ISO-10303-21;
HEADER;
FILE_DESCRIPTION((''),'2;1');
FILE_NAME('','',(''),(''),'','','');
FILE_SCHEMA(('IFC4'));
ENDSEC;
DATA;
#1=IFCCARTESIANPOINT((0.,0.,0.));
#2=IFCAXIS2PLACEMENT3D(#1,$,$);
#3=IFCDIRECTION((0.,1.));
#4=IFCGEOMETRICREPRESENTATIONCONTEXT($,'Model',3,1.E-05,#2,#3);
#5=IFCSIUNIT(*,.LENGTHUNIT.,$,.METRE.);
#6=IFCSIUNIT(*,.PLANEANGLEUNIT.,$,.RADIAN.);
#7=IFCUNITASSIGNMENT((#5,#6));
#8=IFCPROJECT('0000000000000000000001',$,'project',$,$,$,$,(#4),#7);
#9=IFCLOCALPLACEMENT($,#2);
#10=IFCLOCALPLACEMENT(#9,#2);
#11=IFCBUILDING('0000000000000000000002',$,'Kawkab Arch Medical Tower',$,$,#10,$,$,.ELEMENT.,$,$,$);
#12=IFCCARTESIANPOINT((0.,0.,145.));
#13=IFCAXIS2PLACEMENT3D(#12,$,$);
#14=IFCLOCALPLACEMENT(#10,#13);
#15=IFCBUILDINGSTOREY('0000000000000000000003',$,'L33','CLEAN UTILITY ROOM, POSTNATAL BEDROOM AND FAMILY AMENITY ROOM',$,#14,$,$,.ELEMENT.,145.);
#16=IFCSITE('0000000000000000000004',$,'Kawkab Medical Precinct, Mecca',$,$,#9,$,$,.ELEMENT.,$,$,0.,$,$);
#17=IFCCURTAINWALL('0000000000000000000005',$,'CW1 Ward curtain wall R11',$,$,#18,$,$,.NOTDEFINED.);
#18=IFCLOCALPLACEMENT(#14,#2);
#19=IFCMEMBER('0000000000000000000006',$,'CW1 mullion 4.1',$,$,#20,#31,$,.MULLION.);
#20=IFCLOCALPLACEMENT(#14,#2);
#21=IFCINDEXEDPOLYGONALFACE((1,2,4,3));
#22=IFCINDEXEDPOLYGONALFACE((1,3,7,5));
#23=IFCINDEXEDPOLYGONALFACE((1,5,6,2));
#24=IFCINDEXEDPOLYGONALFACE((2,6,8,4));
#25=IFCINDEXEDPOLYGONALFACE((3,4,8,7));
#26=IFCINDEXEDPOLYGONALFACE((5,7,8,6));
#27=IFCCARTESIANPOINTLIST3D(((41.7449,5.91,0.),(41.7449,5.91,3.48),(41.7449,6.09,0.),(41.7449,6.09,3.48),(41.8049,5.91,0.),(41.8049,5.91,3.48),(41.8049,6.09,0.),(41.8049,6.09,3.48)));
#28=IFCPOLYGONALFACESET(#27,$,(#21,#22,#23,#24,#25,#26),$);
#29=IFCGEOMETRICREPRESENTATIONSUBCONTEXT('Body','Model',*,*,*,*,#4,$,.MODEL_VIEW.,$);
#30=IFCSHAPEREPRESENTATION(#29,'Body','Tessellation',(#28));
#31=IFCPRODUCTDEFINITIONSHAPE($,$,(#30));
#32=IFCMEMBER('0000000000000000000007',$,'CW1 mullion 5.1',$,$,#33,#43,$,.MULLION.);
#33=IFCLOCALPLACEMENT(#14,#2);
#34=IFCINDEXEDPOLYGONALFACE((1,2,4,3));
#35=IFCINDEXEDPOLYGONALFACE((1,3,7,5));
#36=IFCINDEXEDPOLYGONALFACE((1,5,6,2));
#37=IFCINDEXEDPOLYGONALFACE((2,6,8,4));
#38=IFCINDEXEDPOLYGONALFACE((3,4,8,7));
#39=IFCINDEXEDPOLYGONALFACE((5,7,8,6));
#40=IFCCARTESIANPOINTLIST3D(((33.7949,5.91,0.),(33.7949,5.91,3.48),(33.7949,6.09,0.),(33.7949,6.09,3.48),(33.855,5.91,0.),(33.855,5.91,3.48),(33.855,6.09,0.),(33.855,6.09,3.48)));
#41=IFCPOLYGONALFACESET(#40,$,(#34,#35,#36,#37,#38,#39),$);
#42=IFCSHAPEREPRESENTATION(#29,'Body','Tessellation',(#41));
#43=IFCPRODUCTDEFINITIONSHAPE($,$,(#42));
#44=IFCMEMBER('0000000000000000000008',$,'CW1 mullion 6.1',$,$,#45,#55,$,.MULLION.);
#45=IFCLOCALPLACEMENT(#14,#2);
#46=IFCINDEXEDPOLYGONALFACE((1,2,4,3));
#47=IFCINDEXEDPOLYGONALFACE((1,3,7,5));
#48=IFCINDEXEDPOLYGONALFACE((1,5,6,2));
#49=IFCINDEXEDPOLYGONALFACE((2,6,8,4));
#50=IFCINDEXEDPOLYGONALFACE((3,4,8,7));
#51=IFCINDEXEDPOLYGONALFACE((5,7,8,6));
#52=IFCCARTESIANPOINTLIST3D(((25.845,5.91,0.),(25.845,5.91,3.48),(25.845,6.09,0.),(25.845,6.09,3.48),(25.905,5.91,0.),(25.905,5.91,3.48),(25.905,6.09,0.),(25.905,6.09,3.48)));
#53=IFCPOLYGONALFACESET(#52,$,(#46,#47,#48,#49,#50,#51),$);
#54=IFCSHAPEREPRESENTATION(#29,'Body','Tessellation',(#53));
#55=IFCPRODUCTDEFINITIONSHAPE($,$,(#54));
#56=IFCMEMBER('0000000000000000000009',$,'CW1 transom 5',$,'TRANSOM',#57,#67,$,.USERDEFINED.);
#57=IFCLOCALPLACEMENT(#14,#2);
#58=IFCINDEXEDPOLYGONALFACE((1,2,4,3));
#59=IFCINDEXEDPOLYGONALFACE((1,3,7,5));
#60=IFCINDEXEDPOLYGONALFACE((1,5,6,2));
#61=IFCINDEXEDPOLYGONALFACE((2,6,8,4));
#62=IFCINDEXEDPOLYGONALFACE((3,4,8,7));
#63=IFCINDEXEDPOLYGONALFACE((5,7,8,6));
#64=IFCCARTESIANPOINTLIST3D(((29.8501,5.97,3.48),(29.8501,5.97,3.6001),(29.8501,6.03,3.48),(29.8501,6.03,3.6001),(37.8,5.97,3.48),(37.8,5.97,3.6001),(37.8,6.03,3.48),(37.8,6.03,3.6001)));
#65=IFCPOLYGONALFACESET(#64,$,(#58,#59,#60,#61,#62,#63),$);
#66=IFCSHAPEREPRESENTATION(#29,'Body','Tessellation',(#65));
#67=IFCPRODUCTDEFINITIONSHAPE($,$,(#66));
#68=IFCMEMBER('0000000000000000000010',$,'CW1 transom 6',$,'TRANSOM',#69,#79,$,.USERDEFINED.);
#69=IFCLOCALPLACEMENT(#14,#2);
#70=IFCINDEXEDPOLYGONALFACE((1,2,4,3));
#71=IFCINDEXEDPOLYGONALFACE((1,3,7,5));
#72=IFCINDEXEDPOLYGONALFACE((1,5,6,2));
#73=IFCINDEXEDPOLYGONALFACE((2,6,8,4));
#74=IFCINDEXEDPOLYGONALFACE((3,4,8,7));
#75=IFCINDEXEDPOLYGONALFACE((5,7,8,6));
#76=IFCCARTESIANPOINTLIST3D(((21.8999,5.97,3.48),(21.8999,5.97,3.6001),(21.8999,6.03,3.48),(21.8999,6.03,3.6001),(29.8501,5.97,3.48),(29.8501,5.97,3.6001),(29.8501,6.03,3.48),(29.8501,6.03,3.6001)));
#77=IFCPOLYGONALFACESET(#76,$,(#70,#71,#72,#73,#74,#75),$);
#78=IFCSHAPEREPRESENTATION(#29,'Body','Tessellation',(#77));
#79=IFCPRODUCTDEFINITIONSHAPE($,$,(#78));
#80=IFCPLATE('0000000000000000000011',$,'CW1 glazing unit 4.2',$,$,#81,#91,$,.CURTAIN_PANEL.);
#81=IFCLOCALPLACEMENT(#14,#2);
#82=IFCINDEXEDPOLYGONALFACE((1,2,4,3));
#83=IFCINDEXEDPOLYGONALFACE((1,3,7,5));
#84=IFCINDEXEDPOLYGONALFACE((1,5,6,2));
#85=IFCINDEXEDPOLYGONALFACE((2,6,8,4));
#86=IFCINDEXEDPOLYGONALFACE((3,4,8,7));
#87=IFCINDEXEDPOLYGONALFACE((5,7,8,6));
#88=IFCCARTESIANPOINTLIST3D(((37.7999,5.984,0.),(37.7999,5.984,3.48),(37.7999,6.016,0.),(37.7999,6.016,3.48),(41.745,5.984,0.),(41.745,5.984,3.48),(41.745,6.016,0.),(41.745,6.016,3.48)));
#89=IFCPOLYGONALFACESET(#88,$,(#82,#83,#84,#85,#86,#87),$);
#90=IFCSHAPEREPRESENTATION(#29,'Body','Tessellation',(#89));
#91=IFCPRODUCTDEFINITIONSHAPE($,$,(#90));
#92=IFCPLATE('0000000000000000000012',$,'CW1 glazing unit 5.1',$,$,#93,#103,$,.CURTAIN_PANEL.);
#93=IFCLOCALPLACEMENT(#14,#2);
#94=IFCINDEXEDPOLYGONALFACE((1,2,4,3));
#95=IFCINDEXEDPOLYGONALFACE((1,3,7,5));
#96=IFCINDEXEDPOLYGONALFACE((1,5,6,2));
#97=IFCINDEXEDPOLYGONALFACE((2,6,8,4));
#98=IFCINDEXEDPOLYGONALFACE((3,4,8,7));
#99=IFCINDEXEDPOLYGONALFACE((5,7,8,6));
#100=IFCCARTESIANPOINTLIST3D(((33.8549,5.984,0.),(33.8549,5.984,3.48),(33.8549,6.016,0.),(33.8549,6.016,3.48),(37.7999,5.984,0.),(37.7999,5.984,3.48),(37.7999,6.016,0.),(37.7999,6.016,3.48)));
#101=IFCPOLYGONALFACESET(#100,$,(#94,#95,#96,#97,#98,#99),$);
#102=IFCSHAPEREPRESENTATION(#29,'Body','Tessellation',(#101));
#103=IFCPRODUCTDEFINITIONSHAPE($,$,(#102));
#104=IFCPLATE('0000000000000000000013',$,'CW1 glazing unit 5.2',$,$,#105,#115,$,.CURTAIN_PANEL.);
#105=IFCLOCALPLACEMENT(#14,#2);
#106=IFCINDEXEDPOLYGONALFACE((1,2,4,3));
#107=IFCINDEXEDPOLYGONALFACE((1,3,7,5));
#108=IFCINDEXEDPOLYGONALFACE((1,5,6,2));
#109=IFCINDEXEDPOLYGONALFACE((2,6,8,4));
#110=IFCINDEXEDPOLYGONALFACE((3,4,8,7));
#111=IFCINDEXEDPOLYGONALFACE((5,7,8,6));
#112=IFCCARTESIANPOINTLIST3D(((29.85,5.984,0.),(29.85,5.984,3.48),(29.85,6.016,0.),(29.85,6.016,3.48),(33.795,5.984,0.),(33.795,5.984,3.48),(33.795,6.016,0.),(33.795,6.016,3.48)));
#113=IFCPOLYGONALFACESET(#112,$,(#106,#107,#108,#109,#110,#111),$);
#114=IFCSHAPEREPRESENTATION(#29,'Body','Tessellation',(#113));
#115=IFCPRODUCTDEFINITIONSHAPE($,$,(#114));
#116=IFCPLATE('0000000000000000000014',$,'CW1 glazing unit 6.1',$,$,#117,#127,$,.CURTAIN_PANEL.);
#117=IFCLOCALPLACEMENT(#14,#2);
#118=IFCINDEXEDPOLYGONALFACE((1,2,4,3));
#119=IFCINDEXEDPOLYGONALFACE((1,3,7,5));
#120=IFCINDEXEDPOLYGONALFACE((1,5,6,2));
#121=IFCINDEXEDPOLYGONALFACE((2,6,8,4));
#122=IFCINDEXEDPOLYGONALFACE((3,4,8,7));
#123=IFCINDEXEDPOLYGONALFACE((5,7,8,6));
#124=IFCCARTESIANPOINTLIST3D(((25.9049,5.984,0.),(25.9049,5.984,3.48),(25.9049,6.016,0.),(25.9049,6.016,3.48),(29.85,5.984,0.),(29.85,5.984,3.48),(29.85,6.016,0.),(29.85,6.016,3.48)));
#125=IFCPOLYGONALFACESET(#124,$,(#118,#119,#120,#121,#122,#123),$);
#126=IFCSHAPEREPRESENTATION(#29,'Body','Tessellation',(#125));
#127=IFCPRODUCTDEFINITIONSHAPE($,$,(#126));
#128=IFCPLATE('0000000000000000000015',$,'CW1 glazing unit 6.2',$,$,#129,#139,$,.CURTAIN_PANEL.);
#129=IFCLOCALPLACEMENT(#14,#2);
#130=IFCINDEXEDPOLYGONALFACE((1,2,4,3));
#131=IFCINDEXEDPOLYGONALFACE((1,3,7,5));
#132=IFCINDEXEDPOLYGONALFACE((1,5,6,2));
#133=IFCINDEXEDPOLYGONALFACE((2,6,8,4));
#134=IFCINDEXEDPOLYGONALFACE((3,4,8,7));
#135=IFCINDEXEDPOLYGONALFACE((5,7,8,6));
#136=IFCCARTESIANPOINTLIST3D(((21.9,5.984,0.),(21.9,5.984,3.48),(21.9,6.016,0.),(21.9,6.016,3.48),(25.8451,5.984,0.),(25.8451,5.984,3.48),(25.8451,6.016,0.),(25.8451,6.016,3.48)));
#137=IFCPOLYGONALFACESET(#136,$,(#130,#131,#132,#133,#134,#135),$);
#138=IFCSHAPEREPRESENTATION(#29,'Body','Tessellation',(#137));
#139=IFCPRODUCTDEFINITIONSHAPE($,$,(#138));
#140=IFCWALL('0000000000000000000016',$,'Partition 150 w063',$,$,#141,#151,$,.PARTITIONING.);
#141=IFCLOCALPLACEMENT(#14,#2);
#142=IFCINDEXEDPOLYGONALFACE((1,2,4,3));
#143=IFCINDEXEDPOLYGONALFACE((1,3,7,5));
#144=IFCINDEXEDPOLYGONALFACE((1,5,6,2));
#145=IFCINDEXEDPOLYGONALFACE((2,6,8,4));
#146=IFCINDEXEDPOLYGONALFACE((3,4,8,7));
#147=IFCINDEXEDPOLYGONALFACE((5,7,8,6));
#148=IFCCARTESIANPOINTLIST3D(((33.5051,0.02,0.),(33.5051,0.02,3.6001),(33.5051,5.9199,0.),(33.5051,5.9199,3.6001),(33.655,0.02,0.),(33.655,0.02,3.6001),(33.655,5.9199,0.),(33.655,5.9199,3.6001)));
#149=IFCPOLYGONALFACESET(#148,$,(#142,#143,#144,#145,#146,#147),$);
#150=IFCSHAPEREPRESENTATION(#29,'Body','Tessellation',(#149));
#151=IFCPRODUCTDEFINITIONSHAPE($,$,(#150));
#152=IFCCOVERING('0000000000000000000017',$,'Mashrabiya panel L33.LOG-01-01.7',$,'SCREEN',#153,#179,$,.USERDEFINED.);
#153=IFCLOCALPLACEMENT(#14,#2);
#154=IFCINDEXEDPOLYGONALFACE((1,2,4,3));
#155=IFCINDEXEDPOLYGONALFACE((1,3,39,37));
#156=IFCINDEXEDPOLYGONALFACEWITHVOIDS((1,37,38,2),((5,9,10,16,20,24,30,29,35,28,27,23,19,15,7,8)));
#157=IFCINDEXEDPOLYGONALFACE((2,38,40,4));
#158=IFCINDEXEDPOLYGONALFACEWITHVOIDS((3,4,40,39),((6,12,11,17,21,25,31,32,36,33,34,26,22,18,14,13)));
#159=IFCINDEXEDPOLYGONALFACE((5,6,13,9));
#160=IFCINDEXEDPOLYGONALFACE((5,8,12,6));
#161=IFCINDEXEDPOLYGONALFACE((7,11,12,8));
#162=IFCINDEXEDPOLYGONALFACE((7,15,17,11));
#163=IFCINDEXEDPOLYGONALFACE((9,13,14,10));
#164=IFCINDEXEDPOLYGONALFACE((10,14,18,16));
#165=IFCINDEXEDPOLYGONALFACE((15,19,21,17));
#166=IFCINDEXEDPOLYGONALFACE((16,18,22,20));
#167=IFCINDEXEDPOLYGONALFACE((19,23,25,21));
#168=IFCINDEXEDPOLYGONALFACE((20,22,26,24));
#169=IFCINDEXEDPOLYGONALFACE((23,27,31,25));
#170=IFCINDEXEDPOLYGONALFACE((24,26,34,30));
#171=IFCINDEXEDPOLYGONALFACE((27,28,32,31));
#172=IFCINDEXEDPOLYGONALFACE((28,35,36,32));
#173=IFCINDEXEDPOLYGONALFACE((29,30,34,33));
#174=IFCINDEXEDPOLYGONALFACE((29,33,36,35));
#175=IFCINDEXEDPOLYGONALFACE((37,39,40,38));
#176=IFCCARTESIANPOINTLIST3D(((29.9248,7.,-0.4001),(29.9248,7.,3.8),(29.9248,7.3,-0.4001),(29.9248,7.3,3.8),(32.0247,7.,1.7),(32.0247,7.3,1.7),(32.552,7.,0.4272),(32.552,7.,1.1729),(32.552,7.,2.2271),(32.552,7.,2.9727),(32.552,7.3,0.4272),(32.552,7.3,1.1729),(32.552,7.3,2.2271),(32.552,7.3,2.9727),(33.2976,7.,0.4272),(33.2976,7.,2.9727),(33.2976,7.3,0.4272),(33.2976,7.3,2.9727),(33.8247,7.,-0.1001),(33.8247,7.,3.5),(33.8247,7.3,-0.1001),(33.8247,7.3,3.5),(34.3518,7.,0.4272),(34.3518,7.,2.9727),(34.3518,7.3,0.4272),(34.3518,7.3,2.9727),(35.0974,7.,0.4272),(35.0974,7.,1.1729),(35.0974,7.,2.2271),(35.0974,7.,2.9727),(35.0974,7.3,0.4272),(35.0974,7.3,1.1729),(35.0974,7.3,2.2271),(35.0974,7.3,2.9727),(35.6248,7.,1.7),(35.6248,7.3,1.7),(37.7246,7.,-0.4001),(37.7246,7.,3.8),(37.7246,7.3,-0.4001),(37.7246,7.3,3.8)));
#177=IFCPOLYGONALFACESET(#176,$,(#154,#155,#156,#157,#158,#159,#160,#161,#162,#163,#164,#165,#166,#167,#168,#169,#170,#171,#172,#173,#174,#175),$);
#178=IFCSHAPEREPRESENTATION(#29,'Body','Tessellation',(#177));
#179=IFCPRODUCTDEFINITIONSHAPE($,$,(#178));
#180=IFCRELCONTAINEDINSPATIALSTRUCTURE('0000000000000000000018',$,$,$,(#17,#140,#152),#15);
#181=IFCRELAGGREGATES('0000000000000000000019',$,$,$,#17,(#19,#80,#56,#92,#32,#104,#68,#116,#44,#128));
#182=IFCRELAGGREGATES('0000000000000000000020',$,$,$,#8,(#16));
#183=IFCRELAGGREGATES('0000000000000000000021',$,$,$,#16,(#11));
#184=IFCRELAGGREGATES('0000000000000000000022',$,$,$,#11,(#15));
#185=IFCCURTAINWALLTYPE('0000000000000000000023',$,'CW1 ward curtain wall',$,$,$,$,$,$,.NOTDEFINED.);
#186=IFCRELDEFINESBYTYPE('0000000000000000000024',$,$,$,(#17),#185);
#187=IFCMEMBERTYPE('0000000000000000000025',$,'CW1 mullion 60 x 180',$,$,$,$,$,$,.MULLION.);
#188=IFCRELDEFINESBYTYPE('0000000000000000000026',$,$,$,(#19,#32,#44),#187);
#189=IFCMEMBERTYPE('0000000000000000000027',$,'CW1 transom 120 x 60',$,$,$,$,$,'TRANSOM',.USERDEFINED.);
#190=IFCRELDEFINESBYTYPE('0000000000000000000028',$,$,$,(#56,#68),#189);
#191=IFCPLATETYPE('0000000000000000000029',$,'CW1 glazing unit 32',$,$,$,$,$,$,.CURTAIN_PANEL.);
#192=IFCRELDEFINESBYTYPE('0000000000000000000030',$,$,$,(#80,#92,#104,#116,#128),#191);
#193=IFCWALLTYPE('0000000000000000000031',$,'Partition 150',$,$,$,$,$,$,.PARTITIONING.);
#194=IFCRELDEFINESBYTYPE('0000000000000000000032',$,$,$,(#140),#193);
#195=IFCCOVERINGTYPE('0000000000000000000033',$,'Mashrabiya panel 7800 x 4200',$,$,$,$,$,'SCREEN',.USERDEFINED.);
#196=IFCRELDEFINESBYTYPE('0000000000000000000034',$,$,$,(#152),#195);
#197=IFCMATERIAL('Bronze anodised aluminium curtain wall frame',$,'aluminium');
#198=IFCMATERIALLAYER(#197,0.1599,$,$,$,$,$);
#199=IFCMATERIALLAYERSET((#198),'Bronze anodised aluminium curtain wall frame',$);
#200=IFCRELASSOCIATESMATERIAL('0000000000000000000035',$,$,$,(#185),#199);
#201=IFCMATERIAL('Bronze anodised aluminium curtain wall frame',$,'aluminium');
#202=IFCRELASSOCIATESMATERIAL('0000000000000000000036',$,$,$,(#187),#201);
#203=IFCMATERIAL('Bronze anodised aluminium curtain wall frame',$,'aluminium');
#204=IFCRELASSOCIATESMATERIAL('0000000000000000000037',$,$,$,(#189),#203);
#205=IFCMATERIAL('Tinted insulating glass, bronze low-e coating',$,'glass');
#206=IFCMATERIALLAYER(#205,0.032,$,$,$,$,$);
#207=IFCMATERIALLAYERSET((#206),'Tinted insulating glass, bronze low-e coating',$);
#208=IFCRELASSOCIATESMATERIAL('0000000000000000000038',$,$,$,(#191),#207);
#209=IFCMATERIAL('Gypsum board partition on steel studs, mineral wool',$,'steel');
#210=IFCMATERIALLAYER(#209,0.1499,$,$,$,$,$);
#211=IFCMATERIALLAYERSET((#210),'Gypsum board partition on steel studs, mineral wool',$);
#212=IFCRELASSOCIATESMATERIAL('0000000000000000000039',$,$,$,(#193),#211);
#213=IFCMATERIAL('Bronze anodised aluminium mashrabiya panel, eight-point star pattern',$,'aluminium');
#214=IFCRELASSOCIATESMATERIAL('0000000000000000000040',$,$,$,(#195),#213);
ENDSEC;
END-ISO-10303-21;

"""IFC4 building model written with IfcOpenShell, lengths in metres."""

from ifc_helpers import new_model, si_unit, direction, frame, frame_2d, origin, origin_2d, place, context, subcontext, project, spatial, polyline, rectangle, outline, extrude, material, layer, layer_set, material_profile, profile_set, type_object, element, aggregate, save


model = new_model("IFC4")

# Units and contexts
model_context = context("Model", 3, precision=1e-05, world=origin(), true_north=direction((0.0, 1.0)))
body_context = subcontext(model_context, "Body", "Model", "MODEL_VIEW")
ifc_project = project(units=[si_unit("LENGTHUNIT", "METRE"), si_unit("PLANEANGLEUNIT", "RADIAN")], contexts=[model_context])

# Site, building, storey
site_placement = place(None, origin())
site = spatial("IfcSite", under=ifc_project, at=site_placement, Name="Kawkab Medical Precinct, Mecca", CompositionType="ELEMENT", RefElevation=0.0)
building_placement = place(site_placement, origin())
building = spatial("IfcBuilding", under=site, at=building_placement, Name="Kawkab Arch Medical Tower", CompositionType="ELEMENT")
storey_placement = place(building_placement, frame((0.0, 0.0, 145.0)))
storey = spatial("IfcBuildingStorey", under=building, at=storey_placement, Name="L33", Description="CLEAN UTILITY ROOM, POSTNATAL BEDROOM AND FAMILY AMENITY ROOM", CompositionType="ELEMENT", Elevation=145.0)

# Curtain wall, members, plates
ifc_material_1 = material(Name="Bronze anodised aluminium curtain wall frame", Category="aluminium")
ifc_layer_1 = layer(ifc_material_1, 0.1599)
ifc_layer_set_1 = layer_set([ifc_layer_1], Name="Bronze anodised aluminium curtain wall frame")
curtain_wall_type = type_object("IfcCurtainWallType", Name="CW1 ward curtain wall", PredefinedType="NOTDEFINED", material=ifc_layer_set_1)
curtain_wall_placement = place(storey_placement, origin())
curtain_wall = element("IfcCurtainWall", 1, at=curtain_wall_placement, inside=storey, type_object=curtain_wall_type, Name="CW1 Ward curtain wall R11", PredefinedType="NOTDEFINED")
ifc_material_2 = material(Name="Bronze anodised aluminium curtain wall frame", Category="aluminium")
ifc_material_profile_1 = material_profile(ifc_material_2, rectangle(XDim=0.1799, YDim=0.0601, at=origin_2d()), Name="AL 60x180")
ifc_profile_set_1 = profile_set([ifc_material_profile_1], Name="Bronze anodised aluminium curtain wall frame")
member_type_1 = type_object("IfcMemberType", Name="CW1 mullion 60 x 180", PredefinedType="MULLION", material=ifc_profile_set_1)
member_1_placement = place(storey_placement, frame((41.7749, 6.0, 0.0), z_axis=(0.0, 0.0, 1.0), x_axis=(0.0, -1.0, 0.0)))
member_1 = element("IfcMember", 2, at=member_1_placement, type_object=member_type_1, Name="CW1 mullion 4.1", PredefinedType="MULLION", context=body_context, shape_type="SweptSolid", body=[
    extrude(rectangle(XDim=0.1799, YDim=0.0601, at=origin_2d()), origin(), (0.0, 0.0, 1.0), 3.48),
])
member_2_placement = place(storey_placement, frame((33.825, 6.0, 0.0), z_axis=(0.0, 0.0, 1.0), x_axis=(0.0, -1.0, 0.0)))
member_2 = element("IfcMember", 3, at=member_2_placement, type_object=member_type_1, Name="CW1 mullion 5.1", PredefinedType="MULLION", context=body_context, shape_type="SweptSolid", body=[
    extrude(rectangle(XDim=0.1799, YDim=0.0601, at=origin_2d()), origin(), (0.0, 0.0, 1.0), 3.48),
])
member_3_placement = place(storey_placement, frame((25.875, 6.0, 0.0), z_axis=(0.0, 0.0, 1.0), x_axis=(0.0, -1.0, 0.0)))
member_3 = element("IfcMember", 4, at=member_3_placement, type_object=member_type_1, Name="CW1 mullion 6.1", PredefinedType="MULLION", context=body_context, shape_type="SweptSolid", body=[
    extrude(rectangle(XDim=0.1799, YDim=0.0601, at=origin_2d()), origin(), (0.0, 0.0, 1.0), 3.48),
])
ifc_material_3 = material(Name="Bronze anodised aluminium curtain wall frame", Category="aluminium")
ifc_material_profile_2 = material_profile(ifc_material_3, rectangle(XDim=0.0601, YDim=0.1201, at=origin_2d()), Name="AL 60x120")
ifc_profile_set_2 = profile_set([ifc_material_profile_2], Name="Bronze anodised aluminium curtain wall frame")
member_type_2 = type_object("IfcMemberType", Name="CW1 transom 120 x 60", ElementType="TRANSOM", PredefinedType="USERDEFINED", material=ifc_profile_set_2)
member_4_placement = place(storey_placement, frame((37.8, 6.0, 3.54), z_axis=(-1.0, 0.0, 0.0), x_axis=(0.0, -1.0, 0.0)))
member_4 = element("IfcMember", 5, at=member_4_placement, type_object=member_type_2, Name="CW1 transom 5", ObjectType="TRANSOM", PredefinedType="USERDEFINED", context=body_context, shape_type="SweptSolid", body=[
    extrude(rectangle(XDim=0.0601, YDim=0.1201, at=origin_2d()), origin(), (0.0, 0.0, 1.0), 7.95),
])
member_5_placement = place(storey_placement, frame((29.8501, 6.0, 3.54), z_axis=(-1.0, 0.0, 0.0), x_axis=(0.0, -1.0, 0.0)))
member_5 = element("IfcMember", 6, at=member_5_placement, type_object=member_type_2, Name="CW1 transom 6", ObjectType="TRANSOM", PredefinedType="USERDEFINED", context=body_context, shape_type="SweptSolid", body=[
    extrude(rectangle(XDim=0.0601, YDim=0.1201, at=origin_2d()), origin(), (0.0, 0.0, 1.0), 7.9502),
])
ifc_material_4 = material(Name="Tinted insulating glass, bronze low-e coating", Category="glass")
ifc_layer_2 = layer(ifc_material_4, 0.032)
ifc_layer_set_2 = layer_set([ifc_layer_2], Name="Tinted insulating glass, bronze low-e coating")
plate_type = type_object("IfcPlateType", Name="CW1 glazing unit 32", PredefinedType="CURTAIN_PANEL", material=ifc_layer_set_2)
plate_1_placement = place(storey_placement, frame((39.7725, 6.0, 0.0), z_axis=(0.0, 0.0, 1.0), x_axis=(-1.0, 0.0, 0.0)))
plate_1 = element("IfcPlate", 7, at=plate_1_placement, type_object=plate_type, Name="CW1 glazing unit 4.2", PredefinedType="CURTAIN_PANEL", context=body_context, shape_type="SweptSolid", body=[
    extrude(rectangle(XDim=3.9451, YDim=0.032, at=origin_2d()), origin(), (0.0, 0.0, 1.0), 3.48),
])
plate_2_placement = place(storey_placement, frame((35.8274, 6.0, 0.0), z_axis=(0.0, 0.0, 1.0), x_axis=(-1.0, 0.0, 0.0)))
plate_2 = element("IfcPlate", 8, at=plate_2_placement, type_object=plate_type, Name="CW1 glazing unit 5.1", PredefinedType="CURTAIN_PANEL", context=body_context, shape_type="SweptSolid", body=[
    extrude(rectangle(XDim=3.9451, YDim=0.032, at=origin_2d()), origin(), (0.0, 0.0, 1.0), 3.48),
])
plate_3_placement = place(storey_placement, frame((31.8225, 6.0, 0.0), z_axis=(0.0, 0.0, 1.0), x_axis=(-1.0, 0.0, 0.0)))
plate_3 = element("IfcPlate", 9, at=plate_3_placement, type_object=plate_type, Name="CW1 glazing unit 5.2", PredefinedType="CURTAIN_PANEL", context=body_context, shape_type="SweptSolid", body=[
    extrude(rectangle(XDim=3.9451, YDim=0.032, at=origin_2d()), origin(), (0.0, 0.0, 1.0), 3.48),
])
plate_4_placement = place(storey_placement, frame((27.8774, 6.0, 0.0), z_axis=(0.0, 0.0, 1.0), x_axis=(-1.0, 0.0, 0.0)))
plate_4 = element("IfcPlate", 10, at=plate_4_placement, type_object=plate_type, Name="CW1 glazing unit 6.1", PredefinedType="CURTAIN_PANEL", context=body_context, shape_type="SweptSolid", body=[
    extrude(rectangle(XDim=3.9451, YDim=0.032, at=origin_2d()), origin(), (0.0, 0.0, 1.0), 3.48),
])
plate_5_placement = place(storey_placement, frame((23.8726, 6.0, 0.0), z_axis=(0.0, 0.0, 1.0), x_axis=(-1.0, 0.0, 0.0)))
plate_5 = element("IfcPlate", 11, at=plate_5_placement, type_object=plate_type, Name="CW1 glazing unit 6.2", PredefinedType="CURTAIN_PANEL", context=body_context, shape_type="SweptSolid", body=[
    extrude(rectangle(XDim=3.9451, YDim=0.032, at=origin_2d()), origin(), (0.0, 0.0, 1.0), 3.48),
])
aggregate(curtain_wall, [member_1, plate_1, member_4, plate_2, member_2, plate_3, member_5, plate_4, member_3, plate_5])

# Wall
ifc_material_5 = material(Name="Gypsum board partition on steel studs, mineral wool", Category="steel")
ifc_layer_3 = layer(ifc_material_5, 0.1499)
ifc_layer_set_3 = layer_set([ifc_layer_3], Name="Gypsum board partition on steel studs, mineral wool")
wall_type = type_object("IfcWallType", Name="Partition 150", PredefinedType="PARTITIONING", material=ifc_layer_set_3)
wall_placement = place(storey_placement, frame((33.5801, 0.02, 0.0), z_axis=(0.0, 0.0, 1.0), x_axis=(0.0, 1.0, 0.0)))
element("IfcWall", 12, at=wall_placement, inside=storey, type_object=wall_type, Name="Partition 150 w063", PredefinedType="PARTITIONING", context=body_context, shape_type="SweptSolid", body=[
    extrude(rectangle(XDim=5.8999, YDim=0.1499, at=frame_2d((2.95, 0.0))), origin(), (0.0, 0.0, 1.0), 3.6001),
])

# Covering
ifc_material_6 = material(Name="Bronze anodised aluminium mashrabiya panel, eight-point star pattern", Category="aluminium")
ifc_material_profile_3 = material_profile(ifc_material_6, outline(polyline([(-3.8999, -2.1001), (3.8999, -2.1001), (3.8999, 2.1001), (-3.8999, 2.1001), (-3.8999, -2.1001)]), holes=[polyline([(1.8, 0.0), (1.2727, 0.5271), (1.2727, 1.2727), (0.5271, 1.2727), (0.0, 1.8), (-0.5271, 1.2727), (-1.2727, 1.2727), (-1.2727, 0.5271), (-1.8, 0.0), (-1.2727, -0.5271), (-1.2727, -1.2727), (-0.5271, -1.2727), (0.0, -1.8), (0.5271, -1.2727), (1.2727, -1.2727), (1.2727, -0.5271), (1.8, 0.0)])]), Name="Mashrabiya panel 7800x4200")
ifc_profile_set_3 = profile_set([ifc_material_profile_3], Name="Bronze anodised aluminium mashrabiya panel, eight-point star pattern")
covering_type_1 = type_object("IfcCoveringType", Name="Mashrabiya panel 7800 x 4200", ElementType="SCREEN", PredefinedType="USERDEFINED", material=ifc_profile_set_3)
covering_placement = place(storey_placement, frame((33.8247, 7.0, 1.7), z_axis=(0.0, 1.0, 0.0), x_axis=(-1.0, 0.0, 0.0)))
element("IfcCovering", 13, at=covering_placement, inside=storey, type_object=covering_type_1, Name="Mashrabiya panel L33.LOG-01-01.7", ObjectType="SCREEN", PredefinedType="USERDEFINED", context=body_context, shape_type="SweptSolid", body=[
    extrude(outline(polyline([(-3.8999, -2.1001), (3.8999, -2.1001), (3.8999, 2.1001), (-3.8999, 2.1001), (-3.8999, -2.1001)]), holes=[polyline([(1.8, 0.0), (1.2727, 0.5271), (1.2727, 1.2727), (0.5271, 1.2727), (0.0, 1.8), (-0.5271, 1.2727), (-1.2727, 1.2727), (-1.2727, 0.5271), (-1.8, 0.0), (-1.2727, -0.5271), (-1.2727, -1.2727), (-0.5271, -1.2727), (0.0, -1.8), (0.5271, -1.2727), (1.2727, -1.2727), (1.2727, -0.5271), (1.8, 0.0)])]), origin(), (0.0, 0.0, 1.0), 0.3),
])

save(model, "model.ifc")
